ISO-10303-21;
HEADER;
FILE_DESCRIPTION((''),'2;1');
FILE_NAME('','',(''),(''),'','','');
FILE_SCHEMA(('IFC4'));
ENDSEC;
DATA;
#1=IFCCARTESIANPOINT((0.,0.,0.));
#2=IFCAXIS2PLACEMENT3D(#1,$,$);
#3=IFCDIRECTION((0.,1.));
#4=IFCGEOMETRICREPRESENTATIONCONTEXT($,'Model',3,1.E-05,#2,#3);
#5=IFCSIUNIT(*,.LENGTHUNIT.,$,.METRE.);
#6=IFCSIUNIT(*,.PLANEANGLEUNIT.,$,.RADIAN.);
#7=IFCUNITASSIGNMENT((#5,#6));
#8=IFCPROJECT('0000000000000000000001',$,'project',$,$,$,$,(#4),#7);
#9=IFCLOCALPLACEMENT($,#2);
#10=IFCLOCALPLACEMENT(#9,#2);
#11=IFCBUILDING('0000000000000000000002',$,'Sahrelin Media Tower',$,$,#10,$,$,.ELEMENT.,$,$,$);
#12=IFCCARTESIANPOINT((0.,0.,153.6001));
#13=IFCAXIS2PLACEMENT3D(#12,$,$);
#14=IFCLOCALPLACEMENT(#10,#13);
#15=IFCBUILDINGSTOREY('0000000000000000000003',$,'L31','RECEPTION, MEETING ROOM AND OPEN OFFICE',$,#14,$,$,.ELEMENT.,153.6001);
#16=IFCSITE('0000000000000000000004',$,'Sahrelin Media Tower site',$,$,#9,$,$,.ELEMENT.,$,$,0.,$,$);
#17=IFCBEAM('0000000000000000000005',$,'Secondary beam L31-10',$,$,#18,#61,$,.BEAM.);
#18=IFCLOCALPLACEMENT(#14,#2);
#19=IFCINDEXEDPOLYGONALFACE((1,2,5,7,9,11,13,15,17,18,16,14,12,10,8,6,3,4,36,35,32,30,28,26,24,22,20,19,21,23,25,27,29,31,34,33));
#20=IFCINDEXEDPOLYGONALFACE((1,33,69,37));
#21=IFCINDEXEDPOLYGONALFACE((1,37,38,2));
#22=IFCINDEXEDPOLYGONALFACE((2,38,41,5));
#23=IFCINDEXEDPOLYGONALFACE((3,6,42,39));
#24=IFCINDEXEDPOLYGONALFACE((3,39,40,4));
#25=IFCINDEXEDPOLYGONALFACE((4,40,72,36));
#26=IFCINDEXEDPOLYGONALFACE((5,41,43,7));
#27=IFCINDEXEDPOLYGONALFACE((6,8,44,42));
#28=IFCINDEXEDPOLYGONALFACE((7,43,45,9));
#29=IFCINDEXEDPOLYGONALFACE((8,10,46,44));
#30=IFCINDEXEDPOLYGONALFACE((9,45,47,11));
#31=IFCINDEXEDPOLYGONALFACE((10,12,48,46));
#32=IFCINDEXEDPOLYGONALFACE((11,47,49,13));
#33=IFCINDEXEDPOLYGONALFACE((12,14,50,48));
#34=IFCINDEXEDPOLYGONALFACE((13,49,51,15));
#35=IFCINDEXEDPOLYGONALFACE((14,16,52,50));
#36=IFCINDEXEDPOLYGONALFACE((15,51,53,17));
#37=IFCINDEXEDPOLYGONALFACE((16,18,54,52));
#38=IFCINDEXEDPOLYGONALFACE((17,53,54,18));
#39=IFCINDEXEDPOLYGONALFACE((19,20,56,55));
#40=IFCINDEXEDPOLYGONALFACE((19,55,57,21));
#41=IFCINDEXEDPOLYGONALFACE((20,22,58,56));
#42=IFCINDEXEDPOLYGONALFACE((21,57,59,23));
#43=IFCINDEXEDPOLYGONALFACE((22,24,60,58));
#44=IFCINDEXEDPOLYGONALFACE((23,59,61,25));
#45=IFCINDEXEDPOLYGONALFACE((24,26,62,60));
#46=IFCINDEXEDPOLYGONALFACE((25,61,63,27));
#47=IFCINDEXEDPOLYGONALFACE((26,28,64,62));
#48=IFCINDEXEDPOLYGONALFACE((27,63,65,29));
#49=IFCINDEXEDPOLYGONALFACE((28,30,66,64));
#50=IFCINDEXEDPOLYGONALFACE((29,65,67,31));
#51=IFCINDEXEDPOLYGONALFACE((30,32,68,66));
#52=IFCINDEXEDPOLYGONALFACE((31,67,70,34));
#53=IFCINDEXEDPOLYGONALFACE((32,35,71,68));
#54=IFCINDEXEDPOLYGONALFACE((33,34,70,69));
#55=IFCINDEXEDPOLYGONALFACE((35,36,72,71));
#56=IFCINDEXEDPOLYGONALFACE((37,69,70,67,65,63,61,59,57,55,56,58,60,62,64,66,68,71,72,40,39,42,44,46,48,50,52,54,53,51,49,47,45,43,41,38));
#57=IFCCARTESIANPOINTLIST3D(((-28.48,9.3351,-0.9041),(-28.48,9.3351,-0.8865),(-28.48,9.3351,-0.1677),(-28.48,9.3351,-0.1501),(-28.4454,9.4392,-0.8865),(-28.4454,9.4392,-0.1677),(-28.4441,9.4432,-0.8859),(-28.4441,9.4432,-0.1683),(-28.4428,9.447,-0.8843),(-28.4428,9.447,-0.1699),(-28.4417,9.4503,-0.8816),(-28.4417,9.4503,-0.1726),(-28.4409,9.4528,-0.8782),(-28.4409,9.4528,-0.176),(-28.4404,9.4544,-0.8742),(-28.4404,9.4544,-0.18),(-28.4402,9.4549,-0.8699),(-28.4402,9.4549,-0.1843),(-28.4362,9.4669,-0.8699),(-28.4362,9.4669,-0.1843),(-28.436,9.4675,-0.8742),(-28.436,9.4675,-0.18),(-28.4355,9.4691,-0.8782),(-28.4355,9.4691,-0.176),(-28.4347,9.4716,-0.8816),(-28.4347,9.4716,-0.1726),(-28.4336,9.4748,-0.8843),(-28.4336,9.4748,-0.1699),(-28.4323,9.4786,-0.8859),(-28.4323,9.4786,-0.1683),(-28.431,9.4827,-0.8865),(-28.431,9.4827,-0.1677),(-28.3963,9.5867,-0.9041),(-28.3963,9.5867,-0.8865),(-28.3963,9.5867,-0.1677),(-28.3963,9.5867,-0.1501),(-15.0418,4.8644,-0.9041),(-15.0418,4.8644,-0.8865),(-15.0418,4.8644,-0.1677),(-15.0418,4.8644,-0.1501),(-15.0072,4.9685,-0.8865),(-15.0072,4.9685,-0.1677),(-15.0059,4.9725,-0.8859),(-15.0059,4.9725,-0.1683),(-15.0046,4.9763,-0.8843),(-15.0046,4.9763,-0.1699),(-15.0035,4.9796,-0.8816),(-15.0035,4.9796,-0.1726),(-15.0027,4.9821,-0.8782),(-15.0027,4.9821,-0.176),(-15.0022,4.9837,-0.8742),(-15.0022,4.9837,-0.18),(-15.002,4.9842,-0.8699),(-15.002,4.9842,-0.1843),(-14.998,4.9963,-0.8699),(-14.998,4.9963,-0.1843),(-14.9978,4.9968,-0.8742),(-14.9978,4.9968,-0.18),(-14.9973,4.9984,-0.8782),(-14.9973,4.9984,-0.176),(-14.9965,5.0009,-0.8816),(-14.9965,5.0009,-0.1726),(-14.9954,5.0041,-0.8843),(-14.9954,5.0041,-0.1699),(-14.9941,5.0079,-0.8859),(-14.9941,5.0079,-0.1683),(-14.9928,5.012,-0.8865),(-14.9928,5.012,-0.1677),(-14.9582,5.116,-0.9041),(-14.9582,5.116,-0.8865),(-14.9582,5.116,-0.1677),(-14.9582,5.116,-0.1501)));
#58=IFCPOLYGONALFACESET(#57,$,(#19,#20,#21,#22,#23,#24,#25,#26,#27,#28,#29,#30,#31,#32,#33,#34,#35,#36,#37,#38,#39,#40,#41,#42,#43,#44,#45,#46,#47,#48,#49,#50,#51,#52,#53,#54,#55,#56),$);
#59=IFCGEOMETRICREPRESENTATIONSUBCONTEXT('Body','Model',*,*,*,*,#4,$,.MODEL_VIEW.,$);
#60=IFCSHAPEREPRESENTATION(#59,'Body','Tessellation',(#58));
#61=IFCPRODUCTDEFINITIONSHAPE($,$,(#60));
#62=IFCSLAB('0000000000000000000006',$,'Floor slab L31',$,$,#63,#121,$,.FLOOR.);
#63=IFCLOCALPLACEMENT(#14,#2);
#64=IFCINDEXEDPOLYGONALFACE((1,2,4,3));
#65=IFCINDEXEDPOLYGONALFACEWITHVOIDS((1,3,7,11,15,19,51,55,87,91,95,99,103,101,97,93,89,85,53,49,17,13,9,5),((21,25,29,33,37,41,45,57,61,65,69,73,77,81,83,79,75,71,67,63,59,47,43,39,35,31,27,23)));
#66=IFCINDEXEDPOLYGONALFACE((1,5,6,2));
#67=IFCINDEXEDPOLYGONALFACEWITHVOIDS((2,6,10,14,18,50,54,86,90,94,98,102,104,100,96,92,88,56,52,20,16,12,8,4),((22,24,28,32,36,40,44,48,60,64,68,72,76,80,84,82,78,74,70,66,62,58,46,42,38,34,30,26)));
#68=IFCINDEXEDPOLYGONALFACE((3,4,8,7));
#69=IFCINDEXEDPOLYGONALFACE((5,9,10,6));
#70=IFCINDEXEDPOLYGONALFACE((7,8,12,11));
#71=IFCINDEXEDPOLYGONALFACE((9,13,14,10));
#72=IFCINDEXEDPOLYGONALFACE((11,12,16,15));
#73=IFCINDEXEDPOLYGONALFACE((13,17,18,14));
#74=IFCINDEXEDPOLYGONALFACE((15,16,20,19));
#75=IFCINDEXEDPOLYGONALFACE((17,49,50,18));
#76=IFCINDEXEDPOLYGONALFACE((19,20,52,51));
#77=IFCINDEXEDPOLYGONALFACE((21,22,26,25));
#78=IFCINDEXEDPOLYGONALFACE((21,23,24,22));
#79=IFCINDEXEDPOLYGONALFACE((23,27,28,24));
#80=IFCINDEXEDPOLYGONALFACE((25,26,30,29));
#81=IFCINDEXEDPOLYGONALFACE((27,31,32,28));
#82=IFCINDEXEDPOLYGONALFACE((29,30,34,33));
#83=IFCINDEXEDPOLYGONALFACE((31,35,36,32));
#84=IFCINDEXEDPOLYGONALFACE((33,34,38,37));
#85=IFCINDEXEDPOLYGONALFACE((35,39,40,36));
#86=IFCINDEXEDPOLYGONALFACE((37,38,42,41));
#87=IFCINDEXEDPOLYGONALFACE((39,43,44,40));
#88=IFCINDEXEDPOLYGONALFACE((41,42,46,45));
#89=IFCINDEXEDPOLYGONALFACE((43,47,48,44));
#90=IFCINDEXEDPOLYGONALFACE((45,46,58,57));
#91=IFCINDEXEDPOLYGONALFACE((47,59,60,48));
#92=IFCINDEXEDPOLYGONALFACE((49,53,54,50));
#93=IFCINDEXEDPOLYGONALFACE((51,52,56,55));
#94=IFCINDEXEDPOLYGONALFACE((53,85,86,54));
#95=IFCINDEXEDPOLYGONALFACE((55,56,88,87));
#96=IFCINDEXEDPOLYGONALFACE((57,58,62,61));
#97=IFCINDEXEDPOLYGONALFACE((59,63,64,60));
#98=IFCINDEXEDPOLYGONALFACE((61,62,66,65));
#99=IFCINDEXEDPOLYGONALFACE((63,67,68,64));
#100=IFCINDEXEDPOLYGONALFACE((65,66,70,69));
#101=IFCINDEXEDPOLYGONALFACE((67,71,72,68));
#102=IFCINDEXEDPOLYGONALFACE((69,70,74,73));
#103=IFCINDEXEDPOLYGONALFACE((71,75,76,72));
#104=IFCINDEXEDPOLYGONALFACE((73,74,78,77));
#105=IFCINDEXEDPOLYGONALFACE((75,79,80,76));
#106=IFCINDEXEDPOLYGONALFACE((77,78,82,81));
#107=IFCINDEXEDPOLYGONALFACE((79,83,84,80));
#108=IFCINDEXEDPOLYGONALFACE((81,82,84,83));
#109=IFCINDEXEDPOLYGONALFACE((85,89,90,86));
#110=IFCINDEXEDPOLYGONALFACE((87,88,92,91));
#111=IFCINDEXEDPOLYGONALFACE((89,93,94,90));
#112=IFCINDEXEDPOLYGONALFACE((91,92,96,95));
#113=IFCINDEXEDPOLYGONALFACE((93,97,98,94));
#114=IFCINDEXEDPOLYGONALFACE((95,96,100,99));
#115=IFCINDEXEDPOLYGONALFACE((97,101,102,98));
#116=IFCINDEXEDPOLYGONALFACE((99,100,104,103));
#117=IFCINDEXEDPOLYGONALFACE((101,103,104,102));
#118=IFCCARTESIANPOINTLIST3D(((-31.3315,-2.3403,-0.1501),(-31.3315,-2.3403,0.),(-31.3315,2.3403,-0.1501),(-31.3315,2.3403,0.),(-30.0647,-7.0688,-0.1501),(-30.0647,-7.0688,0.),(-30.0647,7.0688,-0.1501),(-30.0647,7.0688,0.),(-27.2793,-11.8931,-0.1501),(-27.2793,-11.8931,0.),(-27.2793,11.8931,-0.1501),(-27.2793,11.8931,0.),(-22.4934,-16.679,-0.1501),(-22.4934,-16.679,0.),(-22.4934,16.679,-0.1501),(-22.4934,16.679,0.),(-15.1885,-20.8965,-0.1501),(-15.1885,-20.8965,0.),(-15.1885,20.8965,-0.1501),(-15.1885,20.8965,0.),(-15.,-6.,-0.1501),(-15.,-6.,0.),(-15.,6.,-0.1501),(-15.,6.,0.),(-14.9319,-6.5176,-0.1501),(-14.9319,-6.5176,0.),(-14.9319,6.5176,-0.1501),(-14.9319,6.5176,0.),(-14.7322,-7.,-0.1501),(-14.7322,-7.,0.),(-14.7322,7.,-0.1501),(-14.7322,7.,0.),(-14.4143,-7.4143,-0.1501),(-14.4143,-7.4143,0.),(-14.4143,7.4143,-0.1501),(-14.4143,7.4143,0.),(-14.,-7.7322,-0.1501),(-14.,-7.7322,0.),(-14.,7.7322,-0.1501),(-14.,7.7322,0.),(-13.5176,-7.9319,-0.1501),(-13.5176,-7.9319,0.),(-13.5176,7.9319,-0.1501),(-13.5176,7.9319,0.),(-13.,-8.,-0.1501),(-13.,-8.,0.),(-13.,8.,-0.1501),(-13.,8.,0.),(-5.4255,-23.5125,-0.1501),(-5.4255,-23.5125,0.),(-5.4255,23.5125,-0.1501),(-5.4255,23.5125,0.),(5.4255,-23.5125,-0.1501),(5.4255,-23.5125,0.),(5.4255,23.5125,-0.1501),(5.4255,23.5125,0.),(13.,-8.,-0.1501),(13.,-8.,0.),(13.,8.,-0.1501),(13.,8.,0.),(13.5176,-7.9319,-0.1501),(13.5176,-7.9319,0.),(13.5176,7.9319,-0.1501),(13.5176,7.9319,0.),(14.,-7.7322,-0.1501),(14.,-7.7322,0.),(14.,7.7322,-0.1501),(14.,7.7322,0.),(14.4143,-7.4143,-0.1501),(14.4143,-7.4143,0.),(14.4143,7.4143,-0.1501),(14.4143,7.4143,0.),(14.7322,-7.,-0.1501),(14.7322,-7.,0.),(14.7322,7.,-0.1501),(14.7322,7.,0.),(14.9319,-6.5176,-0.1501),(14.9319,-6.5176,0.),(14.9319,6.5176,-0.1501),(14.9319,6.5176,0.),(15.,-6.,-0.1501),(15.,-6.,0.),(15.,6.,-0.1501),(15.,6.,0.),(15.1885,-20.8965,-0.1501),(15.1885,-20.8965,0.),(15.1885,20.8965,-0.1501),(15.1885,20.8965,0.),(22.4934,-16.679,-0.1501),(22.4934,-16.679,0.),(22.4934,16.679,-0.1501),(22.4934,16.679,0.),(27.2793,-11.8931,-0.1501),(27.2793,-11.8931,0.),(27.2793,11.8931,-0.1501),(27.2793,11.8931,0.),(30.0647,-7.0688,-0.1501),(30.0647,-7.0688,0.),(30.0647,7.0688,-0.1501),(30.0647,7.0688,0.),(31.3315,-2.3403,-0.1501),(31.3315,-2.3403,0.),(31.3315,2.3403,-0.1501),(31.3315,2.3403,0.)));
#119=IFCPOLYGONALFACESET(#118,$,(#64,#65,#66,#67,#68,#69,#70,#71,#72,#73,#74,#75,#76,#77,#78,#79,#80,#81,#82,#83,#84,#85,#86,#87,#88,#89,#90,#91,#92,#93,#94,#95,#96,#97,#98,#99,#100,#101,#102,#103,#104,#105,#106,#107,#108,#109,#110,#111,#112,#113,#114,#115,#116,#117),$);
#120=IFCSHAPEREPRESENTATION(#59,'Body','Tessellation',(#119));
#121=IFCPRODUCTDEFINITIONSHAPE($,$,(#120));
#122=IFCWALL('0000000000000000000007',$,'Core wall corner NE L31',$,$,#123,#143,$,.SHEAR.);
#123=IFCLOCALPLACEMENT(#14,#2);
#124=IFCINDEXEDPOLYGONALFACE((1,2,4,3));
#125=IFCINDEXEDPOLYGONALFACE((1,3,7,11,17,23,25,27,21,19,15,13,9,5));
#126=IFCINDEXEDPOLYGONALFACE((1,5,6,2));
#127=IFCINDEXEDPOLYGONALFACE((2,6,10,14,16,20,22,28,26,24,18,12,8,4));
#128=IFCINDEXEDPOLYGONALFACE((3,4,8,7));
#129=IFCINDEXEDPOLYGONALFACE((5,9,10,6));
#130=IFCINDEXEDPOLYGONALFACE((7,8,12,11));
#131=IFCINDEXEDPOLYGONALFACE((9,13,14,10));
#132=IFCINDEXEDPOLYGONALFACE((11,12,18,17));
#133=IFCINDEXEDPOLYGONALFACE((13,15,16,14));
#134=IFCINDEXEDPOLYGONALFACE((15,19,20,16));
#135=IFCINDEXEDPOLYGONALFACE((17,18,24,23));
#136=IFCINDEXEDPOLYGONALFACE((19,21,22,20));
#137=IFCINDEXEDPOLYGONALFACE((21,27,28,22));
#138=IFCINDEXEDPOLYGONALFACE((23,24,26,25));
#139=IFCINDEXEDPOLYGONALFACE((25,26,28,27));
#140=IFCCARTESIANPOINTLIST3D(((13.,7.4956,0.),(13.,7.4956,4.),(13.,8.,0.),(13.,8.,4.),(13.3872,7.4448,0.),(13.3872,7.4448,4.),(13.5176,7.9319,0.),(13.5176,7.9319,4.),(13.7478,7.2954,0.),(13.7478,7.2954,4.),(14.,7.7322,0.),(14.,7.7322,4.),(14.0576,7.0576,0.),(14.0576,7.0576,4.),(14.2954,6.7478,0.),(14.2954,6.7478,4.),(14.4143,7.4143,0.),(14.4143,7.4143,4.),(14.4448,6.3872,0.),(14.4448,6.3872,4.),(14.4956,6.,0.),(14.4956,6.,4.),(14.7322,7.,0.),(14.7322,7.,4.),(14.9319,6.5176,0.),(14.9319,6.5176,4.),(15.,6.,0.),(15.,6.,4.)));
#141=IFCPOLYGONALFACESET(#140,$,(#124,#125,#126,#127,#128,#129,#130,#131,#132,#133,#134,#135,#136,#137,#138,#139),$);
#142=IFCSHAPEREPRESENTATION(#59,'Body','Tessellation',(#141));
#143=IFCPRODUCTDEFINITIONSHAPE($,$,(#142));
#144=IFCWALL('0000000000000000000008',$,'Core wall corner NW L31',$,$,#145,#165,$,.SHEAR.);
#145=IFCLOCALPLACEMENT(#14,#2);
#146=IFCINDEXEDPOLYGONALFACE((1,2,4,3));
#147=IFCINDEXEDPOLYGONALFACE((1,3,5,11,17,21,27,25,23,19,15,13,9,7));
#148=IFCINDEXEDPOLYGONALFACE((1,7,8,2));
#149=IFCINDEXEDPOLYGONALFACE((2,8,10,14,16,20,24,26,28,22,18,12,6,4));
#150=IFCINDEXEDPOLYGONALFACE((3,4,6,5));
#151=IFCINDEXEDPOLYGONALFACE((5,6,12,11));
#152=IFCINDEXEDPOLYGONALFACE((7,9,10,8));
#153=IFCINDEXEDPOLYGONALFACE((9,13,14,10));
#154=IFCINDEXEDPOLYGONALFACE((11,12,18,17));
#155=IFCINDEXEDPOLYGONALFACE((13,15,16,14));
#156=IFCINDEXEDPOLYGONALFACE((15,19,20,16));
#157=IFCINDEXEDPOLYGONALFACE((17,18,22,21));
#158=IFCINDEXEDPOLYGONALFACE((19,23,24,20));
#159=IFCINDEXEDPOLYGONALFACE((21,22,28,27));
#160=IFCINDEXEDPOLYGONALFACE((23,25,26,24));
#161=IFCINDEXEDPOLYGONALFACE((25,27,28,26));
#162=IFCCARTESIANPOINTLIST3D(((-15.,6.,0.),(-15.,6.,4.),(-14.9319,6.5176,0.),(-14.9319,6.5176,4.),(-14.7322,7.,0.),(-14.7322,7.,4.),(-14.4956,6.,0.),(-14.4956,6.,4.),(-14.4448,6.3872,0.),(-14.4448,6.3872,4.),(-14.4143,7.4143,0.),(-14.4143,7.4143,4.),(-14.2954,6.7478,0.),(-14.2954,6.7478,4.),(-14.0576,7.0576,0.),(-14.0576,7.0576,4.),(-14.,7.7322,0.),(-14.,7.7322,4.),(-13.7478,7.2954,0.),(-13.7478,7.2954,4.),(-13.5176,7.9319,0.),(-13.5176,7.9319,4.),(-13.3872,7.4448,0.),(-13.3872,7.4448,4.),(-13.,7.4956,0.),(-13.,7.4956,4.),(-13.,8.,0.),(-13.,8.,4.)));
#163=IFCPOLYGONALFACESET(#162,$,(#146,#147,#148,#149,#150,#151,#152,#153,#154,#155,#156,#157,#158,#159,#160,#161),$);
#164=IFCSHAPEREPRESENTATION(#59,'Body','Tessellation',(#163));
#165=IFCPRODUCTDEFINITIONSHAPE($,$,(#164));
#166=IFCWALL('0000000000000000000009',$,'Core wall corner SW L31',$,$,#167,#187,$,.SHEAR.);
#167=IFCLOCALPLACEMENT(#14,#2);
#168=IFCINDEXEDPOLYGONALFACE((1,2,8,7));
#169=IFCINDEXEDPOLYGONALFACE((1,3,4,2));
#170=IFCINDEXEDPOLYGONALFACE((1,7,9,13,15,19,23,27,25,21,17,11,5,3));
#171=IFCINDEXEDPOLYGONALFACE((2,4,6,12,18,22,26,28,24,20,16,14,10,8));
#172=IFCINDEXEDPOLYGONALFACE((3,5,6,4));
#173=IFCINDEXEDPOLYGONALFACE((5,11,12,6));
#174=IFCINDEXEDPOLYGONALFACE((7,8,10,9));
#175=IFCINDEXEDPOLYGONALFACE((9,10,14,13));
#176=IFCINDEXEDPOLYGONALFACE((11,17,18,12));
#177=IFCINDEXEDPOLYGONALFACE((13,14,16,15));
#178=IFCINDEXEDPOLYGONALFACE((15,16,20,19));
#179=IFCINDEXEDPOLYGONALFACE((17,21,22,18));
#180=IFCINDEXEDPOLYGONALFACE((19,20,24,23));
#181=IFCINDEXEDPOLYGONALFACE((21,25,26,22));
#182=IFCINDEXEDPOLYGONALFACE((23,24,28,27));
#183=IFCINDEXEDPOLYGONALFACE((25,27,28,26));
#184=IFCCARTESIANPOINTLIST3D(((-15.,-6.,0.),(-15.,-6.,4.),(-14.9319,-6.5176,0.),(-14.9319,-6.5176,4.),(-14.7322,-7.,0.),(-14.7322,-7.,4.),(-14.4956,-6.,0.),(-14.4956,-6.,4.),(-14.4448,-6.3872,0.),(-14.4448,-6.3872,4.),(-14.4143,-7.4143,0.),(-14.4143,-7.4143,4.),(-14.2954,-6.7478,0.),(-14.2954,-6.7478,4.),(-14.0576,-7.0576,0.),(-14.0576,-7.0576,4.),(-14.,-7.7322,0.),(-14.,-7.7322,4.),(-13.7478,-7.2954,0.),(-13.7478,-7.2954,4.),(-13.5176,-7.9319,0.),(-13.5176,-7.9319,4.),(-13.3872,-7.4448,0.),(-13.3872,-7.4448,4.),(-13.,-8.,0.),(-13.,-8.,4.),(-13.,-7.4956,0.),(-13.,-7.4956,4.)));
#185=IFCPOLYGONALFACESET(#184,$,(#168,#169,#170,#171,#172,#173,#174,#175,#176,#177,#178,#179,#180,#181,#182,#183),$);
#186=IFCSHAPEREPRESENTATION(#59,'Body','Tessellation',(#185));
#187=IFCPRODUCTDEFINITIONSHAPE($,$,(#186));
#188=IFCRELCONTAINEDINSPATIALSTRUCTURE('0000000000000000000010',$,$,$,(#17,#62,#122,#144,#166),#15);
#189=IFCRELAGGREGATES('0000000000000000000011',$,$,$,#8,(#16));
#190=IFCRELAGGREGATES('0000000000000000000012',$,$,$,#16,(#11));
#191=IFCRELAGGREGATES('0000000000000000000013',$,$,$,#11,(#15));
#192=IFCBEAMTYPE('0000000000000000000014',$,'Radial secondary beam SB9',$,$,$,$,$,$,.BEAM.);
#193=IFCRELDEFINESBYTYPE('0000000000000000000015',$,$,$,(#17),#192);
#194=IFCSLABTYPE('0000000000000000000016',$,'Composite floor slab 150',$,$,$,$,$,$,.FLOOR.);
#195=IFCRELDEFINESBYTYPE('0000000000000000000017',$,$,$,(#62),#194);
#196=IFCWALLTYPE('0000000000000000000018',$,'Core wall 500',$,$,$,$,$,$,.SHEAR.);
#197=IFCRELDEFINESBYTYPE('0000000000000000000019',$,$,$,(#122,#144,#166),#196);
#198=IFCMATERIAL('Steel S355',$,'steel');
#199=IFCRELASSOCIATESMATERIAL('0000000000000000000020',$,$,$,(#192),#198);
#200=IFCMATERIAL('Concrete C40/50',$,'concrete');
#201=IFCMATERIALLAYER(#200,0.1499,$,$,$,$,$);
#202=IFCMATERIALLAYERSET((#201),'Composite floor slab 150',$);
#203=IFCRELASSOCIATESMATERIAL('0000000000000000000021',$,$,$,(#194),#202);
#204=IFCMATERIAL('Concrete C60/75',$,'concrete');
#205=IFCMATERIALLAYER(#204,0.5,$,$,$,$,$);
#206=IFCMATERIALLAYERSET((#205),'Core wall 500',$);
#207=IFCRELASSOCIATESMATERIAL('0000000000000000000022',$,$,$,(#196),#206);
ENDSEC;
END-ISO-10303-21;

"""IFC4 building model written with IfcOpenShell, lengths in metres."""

from ifc_helpers import new_model, si_unit, direction, frame, origin, origin_2d, place, context, subcontext, project, spatial, polyline, i_section, outline, extrude, material, layer, layer_set, material_profile, profile_set, type_object, element, save


model = new_model("IFC4")

# Units and contexts
model_context = context("Model", 3, precision=1e-05, world=origin(), true_north=direction((0.0, 1.0)))
body_context = subcontext(model_context, "Body", "Model", "MODEL_VIEW")
ifc_project = project(units=[si_unit("LENGTHUNIT", "METRE"), si_unit("PLANEANGLEUNIT", "RADIAN")], contexts=[model_context])

# Site, building, storey
site_placement = place(None, origin())
site = spatial("IfcSite", under=ifc_project, at=site_placement, Name="Sahrelin Media Tower site", CompositionType="ELEMENT", RefElevation=0.0)
building_placement = place(site_placement, origin())
building = spatial("IfcBuilding", under=site, at=building_placement, Name="Sahrelin Media Tower", CompositionType="ELEMENT")
storey_placement = place(building_placement, frame((0.0, 0.0, 153.6001)))
storey = spatial("IfcBuildingStorey", under=building, at=storey_placement, Name="L31", Description="RECEPTION, MEETING ROOM AND OPEN OFFICE", CompositionType="ELEMENT", Elevation=153.6001)

# Beam
ifc_material_1 = material(Name="Steel S355", Category="steel")
ifc_material_profile_1 = material_profile(ifc_material_1, i_section(OverallWidth=0.2651, OverallDepth=0.7539, WebThickness=0.0127, FlangeThickness=0.0176, FilletRadius=0.0166, at=origin_2d()), Name="UB 762x267x147")
ifc_profile_set_1 = profile_set([ifc_material_profile_1], Name="Steel S355")
beam_type_1 = type_object("IfcBeamType", Name="Radial secondary beam SB9", PredefinedType="BEAM", material=ifc_profile_set_1)
beam_1_placement = place(storey_placement, frame((-15.0, 4.9902, -0.5271), z_axis=(-0.948868, 0.315674, 0.0), x_axis=(-0.315674, -0.948868, 0.0)))
element("IfcBeam", 1, at=beam_1_placement, inside=storey, type_object=beam_type_1, Name="Secondary beam L31-10", PredefinedType="BEAM", context=body_context, shape_type="SweptSolid", body=[
    extrude(i_section(OverallWidth=0.2651, OverallDepth=0.7539, WebThickness=0.0127, FlangeThickness=0.0176, FilletRadius=0.0166, at=origin_2d()), origin(), (0.0, 0.0, 1.0), 14.1624),
])

# Slab
ifc_material_2 = material(Name="Concrete C40/50", Category="concrete")
ifc_layer_1 = layer(ifc_material_2, 0.1499)
ifc_layer_set_1 = layer_set([ifc_layer_1], Name="Composite floor slab 150")
slab_type = type_object("IfcSlabType", Name="Composite floor slab 150", PredefinedType="FLOOR", material=ifc_layer_set_1)
slab_placement = place(storey_placement, frame((0.0, 0.0, -0.1501)))
element("IfcSlab", 2, at=slab_placement, inside=storey, type_object=slab_type, Name="Floor slab L31", PredefinedType="FLOOR", context=body_context, shape_type="SweptSolid", body=[
    extrude(outline(polyline([(31.3315, -2.3403), (31.3315, 2.3403), (30.0647, 7.0688), (27.2793, 11.8931), (22.4934, 16.679), (15.1885, 20.8965), (5.4255, 23.5125), (-5.4255, 23.5125), (-15.1885, 20.8965), (-22.4934, 16.679), (-27.2793, 11.8931), (-30.0647, 7.0688), (-31.3315, 2.3403), (-31.3315, -2.3403), (-30.0647, -7.0688), (-27.2793, -11.8931), (-22.4934, -16.679), (-15.1885, -20.8965), (-5.4255, -23.5125), (5.4255, -23.5125), (15.1885, -20.8965), (22.4934, -16.679), (27.2793, -11.8931), (30.0647, -7.0688), (31.3315, -2.3403)]), holes=[polyline([(14.9319, 6.5176), (15.0, 6.0), (15.0, -6.0), (14.9319, -6.5176), (14.7322, -7.0), (14.4143, -7.4143), (14.0, -7.7322), (13.5176, -7.9319), (13.0, -8.0), (-13.0, -8.0), (-13.5176, -7.9319), (-14.0, -7.7322), (-14.4143, -7.4143), (-14.7322, -7.0), (-14.9319, -6.5176), (-15.0, -6.0), (-15.0, 6.0), (-14.9319, 6.5176), (-14.7322, 7.0), (-14.4143, 7.4143), (-14.0, 7.7322), (-13.5176, 7.9319), (-13.0, 8.0), (13.0, 8.0), (13.5176, 7.9319), (14.0, 7.7322), (14.4143, 7.4143), (14.7322, 7.0), (14.9319, 6.5176)])]), origin(), (0.0, 0.0, 1.0), 0.1501),
])

# Walls
ifc_material_3 = material(Name="Concrete C60/75", Category="concrete")
ifc_layer_2 = layer(ifc_material_3, 0.5)
ifc_layer_set_2 = layer_set([ifc_layer_2], Name="Core wall 500")
wall_type_1 = type_object("IfcWallType", Name="Core wall 500", PredefinedType="SHEAR", material=ifc_layer_set_2)
placement = place(storey_placement, origin())
element("IfcWall", 3, at=placement, inside=storey, type_object=wall_type_1, Name="Core wall corner NE L31", PredefinedType="SHEAR", context=body_context, shape_type="SweptSolid", body=[
    extrude(outline(polyline([(13.0, 8.0), (13.0, 7.4956), (13.3872, 7.4448), (13.7478, 7.2954), (14.0576, 7.0576), (14.2954, 6.7478), (14.4448, 6.3872), (14.4956, 6.0), (15.0, 6.0), (14.9319, 6.5176), (14.7322, 7.0), (14.4143, 7.4143), (14.0, 7.7322), (13.5176, 7.9319), (13.0, 8.0)])), origin(), (0.0, 0.0, 1.0), 4.0),
])
element("IfcWall", 4, at=placement, inside=storey, type_object=wall_type_1, Name="Core wall corner NW L31", PredefinedType="SHEAR", context=body_context, shape_type="SweptSolid", body=[
    extrude(outline(polyline([(-15.0, 6.0), (-14.4956, 6.0), (-14.4448, 6.3872), (-14.2954, 6.7478), (-14.0576, 7.0576), (-13.7478, 7.2954), (-13.3872, 7.4448), (-13.0, 7.4956), (-13.0, 8.0), (-13.5176, 7.9319), (-14.0, 7.7322), (-14.4143, 7.4143), (-14.7322, 7.0), (-14.9319, 6.5176), (-15.0, 6.0)])), origin(), (0.0, 0.0, 1.0), 4.0),
])
element("IfcWall", 5, at=placement, inside=storey, type_object=wall_type_1, Name="Core wall corner SW L31", PredefinedType="SHEAR", context=body_context, shape_type="SweptSolid", body=[
    extrude(outline(polyline([(-13.0, -8.0), (-13.0, -7.4956), (-13.3872, -7.4448), (-13.7478, -7.2954), (-14.0576, -7.0576), (-14.2954, -6.7478), (-14.4448, -6.3872), (-14.4956, -6.0), (-15.0, -6.0), (-14.9319, -6.5176), (-14.7322, -7.0), (-14.4143, -7.4143), (-14.0, -7.7322), (-13.5176, -7.9319), (-13.0, -8.0)])), origin(), (0.0, 0.0, 1.0), 4.0),
])

save(model, "model.ifc")
